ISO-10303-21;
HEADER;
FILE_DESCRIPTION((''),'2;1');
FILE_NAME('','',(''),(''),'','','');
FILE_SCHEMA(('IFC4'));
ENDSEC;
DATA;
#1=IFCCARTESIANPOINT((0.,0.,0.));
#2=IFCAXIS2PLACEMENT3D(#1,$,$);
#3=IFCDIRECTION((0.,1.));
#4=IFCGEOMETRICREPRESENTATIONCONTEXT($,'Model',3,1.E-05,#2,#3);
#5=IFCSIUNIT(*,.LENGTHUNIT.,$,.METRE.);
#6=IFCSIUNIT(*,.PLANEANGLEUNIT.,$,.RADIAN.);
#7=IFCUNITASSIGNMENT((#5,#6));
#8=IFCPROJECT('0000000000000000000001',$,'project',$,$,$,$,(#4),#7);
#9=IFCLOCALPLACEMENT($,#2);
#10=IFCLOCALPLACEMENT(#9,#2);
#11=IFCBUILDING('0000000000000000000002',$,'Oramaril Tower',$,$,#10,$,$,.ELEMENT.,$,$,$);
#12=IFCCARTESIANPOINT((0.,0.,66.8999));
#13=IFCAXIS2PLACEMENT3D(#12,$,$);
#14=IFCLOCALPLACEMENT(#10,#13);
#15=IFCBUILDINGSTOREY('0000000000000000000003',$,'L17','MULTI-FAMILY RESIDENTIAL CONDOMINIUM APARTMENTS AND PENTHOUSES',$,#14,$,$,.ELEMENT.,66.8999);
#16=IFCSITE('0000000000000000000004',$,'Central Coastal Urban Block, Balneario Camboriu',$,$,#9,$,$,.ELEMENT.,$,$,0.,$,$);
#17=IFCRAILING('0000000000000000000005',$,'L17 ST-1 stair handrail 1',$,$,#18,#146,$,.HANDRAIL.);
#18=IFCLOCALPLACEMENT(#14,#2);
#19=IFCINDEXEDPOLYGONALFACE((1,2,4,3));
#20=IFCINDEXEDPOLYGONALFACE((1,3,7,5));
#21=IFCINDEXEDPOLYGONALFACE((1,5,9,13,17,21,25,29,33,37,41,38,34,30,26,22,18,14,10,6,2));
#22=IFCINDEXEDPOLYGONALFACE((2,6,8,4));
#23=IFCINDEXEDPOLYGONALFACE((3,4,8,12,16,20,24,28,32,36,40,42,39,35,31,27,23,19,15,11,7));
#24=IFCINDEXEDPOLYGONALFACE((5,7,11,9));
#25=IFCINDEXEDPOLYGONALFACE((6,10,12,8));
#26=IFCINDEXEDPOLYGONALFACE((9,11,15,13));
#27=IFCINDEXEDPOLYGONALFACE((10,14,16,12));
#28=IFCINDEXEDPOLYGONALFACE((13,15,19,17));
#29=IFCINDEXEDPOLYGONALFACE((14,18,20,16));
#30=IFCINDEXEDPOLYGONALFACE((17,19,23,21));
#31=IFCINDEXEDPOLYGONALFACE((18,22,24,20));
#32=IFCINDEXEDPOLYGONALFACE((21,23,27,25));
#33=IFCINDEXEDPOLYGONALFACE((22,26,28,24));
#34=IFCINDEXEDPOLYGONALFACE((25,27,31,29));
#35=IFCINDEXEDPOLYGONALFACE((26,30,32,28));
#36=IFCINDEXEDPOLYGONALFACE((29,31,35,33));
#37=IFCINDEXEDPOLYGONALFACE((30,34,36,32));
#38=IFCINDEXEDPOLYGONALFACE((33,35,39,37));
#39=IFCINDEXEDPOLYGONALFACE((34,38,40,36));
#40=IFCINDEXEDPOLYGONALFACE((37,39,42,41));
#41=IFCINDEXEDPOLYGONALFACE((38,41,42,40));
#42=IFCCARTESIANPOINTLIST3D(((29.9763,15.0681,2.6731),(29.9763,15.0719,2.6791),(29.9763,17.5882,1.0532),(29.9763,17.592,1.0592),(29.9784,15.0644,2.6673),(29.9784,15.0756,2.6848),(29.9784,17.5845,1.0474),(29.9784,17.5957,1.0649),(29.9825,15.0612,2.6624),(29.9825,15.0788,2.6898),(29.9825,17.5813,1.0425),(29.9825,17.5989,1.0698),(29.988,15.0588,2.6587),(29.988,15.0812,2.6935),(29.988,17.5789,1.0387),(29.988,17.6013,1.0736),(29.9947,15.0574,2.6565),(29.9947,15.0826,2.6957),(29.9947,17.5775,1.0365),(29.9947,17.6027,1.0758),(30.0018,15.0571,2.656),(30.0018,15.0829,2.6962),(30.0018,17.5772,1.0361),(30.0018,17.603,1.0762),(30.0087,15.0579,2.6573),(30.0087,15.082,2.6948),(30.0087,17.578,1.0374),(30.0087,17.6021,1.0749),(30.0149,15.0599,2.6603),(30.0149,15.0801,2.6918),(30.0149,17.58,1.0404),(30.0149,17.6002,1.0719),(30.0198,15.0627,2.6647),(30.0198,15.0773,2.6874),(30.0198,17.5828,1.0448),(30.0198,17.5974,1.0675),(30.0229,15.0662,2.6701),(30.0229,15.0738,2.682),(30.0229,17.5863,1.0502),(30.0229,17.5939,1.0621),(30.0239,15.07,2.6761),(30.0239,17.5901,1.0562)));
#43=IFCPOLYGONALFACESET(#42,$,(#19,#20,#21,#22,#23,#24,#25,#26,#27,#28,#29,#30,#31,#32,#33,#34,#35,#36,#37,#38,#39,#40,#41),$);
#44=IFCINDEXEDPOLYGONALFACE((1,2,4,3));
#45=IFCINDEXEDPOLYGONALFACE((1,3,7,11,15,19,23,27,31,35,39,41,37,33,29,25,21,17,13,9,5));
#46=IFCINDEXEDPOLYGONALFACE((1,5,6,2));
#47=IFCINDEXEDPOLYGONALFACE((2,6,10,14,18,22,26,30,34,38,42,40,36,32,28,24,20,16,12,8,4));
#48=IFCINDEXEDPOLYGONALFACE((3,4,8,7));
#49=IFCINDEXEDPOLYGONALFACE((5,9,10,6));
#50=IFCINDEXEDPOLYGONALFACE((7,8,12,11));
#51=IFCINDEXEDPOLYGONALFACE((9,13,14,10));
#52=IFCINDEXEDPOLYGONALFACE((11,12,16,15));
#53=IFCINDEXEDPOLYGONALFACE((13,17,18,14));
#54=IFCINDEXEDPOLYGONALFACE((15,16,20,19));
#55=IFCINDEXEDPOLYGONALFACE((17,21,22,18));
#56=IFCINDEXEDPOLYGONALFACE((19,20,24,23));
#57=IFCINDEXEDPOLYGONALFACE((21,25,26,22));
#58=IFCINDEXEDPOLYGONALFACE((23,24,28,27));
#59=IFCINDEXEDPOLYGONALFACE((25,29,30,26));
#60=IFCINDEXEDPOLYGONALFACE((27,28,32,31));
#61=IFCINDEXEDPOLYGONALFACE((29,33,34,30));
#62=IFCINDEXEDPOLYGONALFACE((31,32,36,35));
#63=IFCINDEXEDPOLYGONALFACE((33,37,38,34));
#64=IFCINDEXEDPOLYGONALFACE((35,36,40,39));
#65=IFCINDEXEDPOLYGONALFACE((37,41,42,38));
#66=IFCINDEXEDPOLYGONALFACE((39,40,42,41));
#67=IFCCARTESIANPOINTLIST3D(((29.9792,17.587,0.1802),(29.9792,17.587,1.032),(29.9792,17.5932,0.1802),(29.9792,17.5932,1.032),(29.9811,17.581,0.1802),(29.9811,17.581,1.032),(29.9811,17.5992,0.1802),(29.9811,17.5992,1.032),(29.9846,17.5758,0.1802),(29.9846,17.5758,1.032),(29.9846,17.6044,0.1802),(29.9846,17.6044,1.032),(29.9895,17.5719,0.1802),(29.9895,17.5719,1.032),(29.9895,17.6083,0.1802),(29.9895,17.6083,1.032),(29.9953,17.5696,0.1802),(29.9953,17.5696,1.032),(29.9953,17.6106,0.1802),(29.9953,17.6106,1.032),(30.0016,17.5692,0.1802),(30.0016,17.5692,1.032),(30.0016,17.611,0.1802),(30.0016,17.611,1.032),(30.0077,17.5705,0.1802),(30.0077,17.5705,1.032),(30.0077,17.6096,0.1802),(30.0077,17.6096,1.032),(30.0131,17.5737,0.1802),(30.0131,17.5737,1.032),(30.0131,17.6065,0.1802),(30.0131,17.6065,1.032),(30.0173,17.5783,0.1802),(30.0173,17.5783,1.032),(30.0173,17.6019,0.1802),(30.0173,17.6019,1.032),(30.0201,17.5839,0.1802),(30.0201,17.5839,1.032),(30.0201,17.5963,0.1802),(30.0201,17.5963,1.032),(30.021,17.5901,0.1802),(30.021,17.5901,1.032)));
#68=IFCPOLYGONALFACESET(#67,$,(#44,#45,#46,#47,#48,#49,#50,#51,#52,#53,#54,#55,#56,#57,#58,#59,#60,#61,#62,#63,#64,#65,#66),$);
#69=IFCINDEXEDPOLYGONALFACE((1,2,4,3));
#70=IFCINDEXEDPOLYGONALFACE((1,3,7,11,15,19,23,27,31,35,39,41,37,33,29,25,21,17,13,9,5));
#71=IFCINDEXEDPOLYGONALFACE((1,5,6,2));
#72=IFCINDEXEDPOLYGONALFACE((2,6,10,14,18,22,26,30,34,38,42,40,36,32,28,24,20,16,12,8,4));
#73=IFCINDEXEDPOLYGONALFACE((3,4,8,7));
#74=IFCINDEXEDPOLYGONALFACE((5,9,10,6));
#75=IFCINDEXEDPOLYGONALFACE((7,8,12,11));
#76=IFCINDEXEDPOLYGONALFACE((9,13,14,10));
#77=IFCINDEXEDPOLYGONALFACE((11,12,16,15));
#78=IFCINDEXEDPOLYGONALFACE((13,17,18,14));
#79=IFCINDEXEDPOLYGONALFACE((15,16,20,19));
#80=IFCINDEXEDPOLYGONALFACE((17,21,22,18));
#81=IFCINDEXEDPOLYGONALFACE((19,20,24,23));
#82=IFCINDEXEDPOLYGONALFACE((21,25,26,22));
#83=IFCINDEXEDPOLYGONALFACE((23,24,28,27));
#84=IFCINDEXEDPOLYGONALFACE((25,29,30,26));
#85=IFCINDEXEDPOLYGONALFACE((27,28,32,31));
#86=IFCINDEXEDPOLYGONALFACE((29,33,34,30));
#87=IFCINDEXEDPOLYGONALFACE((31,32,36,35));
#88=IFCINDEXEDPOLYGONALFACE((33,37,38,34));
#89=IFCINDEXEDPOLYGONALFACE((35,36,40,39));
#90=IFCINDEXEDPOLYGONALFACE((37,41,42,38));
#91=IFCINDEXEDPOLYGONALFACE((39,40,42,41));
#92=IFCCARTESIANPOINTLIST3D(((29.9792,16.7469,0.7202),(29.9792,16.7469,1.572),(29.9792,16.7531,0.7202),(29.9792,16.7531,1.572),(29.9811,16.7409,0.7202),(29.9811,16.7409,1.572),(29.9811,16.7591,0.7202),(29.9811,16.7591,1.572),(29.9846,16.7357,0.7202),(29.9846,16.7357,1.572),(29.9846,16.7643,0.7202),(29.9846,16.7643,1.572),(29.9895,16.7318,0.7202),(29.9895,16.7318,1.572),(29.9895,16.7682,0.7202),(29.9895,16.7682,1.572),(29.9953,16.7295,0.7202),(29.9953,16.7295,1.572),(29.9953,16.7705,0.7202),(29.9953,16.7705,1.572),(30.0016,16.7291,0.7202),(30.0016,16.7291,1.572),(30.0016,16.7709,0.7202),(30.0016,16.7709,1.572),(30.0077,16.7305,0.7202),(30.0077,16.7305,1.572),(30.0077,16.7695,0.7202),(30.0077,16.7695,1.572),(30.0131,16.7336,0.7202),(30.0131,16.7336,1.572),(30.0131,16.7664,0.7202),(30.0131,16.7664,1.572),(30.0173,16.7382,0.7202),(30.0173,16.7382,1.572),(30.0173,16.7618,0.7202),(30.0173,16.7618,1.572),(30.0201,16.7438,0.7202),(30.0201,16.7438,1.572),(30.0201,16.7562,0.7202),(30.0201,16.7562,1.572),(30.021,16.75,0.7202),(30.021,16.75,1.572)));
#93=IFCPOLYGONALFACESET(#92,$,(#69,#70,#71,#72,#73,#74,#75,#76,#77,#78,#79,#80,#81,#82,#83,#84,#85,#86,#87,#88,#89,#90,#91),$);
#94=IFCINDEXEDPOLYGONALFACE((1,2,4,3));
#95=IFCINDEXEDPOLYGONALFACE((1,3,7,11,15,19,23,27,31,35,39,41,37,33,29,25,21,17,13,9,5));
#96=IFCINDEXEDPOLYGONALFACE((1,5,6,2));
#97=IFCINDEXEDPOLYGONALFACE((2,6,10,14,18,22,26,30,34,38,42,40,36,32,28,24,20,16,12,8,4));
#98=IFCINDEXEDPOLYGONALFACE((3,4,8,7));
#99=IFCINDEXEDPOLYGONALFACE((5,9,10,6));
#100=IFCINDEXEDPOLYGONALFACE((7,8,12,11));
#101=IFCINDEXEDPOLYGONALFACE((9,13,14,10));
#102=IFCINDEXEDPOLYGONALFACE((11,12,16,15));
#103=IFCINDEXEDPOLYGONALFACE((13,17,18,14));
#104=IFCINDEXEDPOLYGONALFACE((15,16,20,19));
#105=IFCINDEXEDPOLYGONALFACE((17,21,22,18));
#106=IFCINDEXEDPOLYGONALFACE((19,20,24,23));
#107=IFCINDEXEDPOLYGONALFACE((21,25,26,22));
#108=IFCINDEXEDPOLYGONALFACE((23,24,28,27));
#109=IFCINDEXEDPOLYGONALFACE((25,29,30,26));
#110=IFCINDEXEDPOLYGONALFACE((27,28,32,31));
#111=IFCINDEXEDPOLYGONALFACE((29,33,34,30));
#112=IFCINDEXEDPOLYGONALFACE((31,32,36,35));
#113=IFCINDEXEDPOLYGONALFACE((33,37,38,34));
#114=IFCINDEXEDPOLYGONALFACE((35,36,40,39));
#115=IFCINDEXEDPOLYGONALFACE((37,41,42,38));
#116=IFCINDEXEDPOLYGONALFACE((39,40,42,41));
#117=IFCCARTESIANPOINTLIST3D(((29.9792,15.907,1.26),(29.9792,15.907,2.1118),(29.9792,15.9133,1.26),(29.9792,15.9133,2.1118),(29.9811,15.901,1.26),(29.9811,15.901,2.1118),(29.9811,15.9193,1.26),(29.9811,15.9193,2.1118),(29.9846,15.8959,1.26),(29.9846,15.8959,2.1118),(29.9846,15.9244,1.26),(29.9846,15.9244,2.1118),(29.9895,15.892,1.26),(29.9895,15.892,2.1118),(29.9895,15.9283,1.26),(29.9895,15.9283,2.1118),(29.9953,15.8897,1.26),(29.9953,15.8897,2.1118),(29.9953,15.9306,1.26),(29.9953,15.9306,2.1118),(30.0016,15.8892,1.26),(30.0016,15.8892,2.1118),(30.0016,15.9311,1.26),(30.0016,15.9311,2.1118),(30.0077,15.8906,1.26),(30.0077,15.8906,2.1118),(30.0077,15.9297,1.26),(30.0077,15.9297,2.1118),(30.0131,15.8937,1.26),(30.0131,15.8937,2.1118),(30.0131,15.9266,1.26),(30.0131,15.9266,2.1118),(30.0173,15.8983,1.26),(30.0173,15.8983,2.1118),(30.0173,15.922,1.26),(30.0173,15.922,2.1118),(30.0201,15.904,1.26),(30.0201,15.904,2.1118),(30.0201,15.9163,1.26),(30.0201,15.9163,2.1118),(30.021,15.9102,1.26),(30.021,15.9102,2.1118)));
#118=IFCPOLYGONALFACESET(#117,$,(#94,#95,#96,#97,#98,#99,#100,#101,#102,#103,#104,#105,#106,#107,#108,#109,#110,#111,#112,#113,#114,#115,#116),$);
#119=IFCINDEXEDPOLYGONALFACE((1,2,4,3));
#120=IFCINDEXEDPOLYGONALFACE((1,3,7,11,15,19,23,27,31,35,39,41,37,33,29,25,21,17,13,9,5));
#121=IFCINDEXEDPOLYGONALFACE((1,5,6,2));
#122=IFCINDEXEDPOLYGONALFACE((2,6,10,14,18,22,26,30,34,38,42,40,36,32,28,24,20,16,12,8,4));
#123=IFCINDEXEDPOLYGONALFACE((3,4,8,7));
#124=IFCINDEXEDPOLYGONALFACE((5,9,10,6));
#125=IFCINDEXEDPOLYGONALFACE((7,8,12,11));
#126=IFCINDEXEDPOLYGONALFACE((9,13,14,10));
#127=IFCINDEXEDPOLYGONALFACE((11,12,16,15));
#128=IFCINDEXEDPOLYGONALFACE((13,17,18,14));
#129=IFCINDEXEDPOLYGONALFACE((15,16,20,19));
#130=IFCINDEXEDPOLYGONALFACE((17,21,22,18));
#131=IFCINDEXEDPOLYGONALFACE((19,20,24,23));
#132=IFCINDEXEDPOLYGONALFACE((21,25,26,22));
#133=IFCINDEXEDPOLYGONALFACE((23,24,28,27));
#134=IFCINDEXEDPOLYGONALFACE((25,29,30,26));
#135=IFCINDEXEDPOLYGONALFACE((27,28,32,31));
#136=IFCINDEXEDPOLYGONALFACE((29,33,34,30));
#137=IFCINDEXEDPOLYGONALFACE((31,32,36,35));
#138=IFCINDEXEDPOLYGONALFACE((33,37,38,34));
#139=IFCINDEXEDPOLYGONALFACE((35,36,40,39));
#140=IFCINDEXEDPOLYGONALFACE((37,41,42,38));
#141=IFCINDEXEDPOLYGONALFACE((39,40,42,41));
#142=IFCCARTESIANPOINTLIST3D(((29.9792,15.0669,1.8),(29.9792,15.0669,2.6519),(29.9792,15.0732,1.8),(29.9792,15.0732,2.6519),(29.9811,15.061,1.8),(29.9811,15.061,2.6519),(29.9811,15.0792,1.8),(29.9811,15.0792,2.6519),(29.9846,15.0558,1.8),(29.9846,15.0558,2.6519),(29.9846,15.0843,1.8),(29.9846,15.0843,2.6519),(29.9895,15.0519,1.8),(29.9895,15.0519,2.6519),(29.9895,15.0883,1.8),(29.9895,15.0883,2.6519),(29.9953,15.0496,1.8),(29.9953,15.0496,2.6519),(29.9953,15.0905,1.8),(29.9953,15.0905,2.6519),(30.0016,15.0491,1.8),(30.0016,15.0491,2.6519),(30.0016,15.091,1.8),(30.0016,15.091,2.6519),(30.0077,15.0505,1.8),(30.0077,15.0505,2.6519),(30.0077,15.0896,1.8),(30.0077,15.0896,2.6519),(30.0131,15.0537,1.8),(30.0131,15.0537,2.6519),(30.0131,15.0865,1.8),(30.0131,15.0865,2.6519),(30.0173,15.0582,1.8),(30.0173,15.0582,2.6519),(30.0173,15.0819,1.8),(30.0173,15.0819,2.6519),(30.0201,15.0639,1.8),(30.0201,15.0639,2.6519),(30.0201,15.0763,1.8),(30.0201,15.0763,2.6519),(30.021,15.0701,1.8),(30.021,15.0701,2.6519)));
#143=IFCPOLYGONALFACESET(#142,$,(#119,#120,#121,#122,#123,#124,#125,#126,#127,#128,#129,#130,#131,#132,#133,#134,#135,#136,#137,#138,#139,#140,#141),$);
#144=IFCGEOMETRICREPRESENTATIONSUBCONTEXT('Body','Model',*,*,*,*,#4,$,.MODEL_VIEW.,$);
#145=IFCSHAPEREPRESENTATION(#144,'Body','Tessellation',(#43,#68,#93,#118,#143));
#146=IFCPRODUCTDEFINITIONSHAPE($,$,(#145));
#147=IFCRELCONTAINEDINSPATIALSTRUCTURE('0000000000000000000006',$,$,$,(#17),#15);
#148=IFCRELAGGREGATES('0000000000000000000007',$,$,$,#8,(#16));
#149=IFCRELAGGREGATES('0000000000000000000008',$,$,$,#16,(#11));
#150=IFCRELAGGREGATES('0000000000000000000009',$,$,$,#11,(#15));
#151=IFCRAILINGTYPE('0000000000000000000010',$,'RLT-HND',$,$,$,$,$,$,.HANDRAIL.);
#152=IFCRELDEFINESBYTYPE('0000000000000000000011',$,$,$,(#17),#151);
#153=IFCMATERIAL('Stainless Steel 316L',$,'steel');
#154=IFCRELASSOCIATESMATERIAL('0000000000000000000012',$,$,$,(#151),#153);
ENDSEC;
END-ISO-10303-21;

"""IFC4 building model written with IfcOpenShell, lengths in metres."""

from ifc_helpers import new_model, si_unit, direction, frame, origin, origin_2d, place, context, subcontext, project, spatial, circle, extrude, material, type_object, element, save


model = new_model("IFC4")

# Units and contexts
model_context = context("Model", 3, precision=1e-05, world=origin(), true_north=direction((0.0, 1.0)))
body_context = subcontext(model_context, "Body", "Model", "MODEL_VIEW")
ifc_project = project(units=[si_unit("LENGTHUNIT", "METRE"), si_unit("PLANEANGLEUNIT", "RADIAN")], contexts=[model_context])

# Site, building, storey
site_placement = place(None, origin())
site = spatial("IfcSite", under=ifc_project, at=site_placement, Name="Central Coastal Urban Block, Balneario Camboriu", CompositionType="ELEMENT", RefElevation=0.0)
building_placement = place(site_placement, origin())
building = spatial("IfcBuilding", under=site, at=building_placement, Name="Oramaril Tower", CompositionType="ELEMENT")
storey_placement = place(building_placement, frame((0.0, 0.0, 66.8999)))
storey = spatial("IfcBuildingStorey", under=building, at=storey_placement, Name="L17", Description="MULTI-FAMILY RESIDENTIAL CONDOMINIUM APARTMENTS AND PENTHOUSES", CompositionType="ELEMENT", Elevation=66.8999)

# Railing
ifc_material_1 = material(Name="Stainless Steel 316L", Category="steel")
railing_type_1 = type_object("IfcRailingType", Name="RLT-HND", PredefinedType="HANDRAIL", material=ifc_material_1)
railing_1_placement = place(storey_placement, frame((30.0, 17.5901, 0.1802)))
element("IfcRailing", 1, at=railing_1_placement, inside=storey, type_object=railing_type_1, Name="L17 ST-1 stair handrail 1", PredefinedType="HANDRAIL", context=body_context, shape_type="SweptSolid", body=[
    extrude(circle(Radius=0.0239, at=origin_2d()), frame((0.0, 0.0, 0.876), z_axis=(0.0, -0.8412, 0.540725), x_axis=(1.0, 0.0, 0.0)), (0.0, 0.0, 1.0), 2.9958),
    extrude(circle(Radius=0.021, at=origin_2d()), origin(), (0.0, 0.0, 1.0), 0.8518),
    extrude(circle(Radius=0.021, at=origin_2d()), frame((0.0, -0.8401, 0.54)), (0.0, 0.0, 1.0), 0.8518),
    extrude(circle(Radius=0.021, at=origin_2d()), frame((0.0, -1.6799, 1.0798)), (0.0, 0.0, 1.0), 0.8518),
    extrude(circle(Radius=0.021, at=origin_2d()), frame((0.0, -2.52, 1.6199)), (0.0, 0.0, 1.0), 0.8518),
])

save(model, "model.ifc")
